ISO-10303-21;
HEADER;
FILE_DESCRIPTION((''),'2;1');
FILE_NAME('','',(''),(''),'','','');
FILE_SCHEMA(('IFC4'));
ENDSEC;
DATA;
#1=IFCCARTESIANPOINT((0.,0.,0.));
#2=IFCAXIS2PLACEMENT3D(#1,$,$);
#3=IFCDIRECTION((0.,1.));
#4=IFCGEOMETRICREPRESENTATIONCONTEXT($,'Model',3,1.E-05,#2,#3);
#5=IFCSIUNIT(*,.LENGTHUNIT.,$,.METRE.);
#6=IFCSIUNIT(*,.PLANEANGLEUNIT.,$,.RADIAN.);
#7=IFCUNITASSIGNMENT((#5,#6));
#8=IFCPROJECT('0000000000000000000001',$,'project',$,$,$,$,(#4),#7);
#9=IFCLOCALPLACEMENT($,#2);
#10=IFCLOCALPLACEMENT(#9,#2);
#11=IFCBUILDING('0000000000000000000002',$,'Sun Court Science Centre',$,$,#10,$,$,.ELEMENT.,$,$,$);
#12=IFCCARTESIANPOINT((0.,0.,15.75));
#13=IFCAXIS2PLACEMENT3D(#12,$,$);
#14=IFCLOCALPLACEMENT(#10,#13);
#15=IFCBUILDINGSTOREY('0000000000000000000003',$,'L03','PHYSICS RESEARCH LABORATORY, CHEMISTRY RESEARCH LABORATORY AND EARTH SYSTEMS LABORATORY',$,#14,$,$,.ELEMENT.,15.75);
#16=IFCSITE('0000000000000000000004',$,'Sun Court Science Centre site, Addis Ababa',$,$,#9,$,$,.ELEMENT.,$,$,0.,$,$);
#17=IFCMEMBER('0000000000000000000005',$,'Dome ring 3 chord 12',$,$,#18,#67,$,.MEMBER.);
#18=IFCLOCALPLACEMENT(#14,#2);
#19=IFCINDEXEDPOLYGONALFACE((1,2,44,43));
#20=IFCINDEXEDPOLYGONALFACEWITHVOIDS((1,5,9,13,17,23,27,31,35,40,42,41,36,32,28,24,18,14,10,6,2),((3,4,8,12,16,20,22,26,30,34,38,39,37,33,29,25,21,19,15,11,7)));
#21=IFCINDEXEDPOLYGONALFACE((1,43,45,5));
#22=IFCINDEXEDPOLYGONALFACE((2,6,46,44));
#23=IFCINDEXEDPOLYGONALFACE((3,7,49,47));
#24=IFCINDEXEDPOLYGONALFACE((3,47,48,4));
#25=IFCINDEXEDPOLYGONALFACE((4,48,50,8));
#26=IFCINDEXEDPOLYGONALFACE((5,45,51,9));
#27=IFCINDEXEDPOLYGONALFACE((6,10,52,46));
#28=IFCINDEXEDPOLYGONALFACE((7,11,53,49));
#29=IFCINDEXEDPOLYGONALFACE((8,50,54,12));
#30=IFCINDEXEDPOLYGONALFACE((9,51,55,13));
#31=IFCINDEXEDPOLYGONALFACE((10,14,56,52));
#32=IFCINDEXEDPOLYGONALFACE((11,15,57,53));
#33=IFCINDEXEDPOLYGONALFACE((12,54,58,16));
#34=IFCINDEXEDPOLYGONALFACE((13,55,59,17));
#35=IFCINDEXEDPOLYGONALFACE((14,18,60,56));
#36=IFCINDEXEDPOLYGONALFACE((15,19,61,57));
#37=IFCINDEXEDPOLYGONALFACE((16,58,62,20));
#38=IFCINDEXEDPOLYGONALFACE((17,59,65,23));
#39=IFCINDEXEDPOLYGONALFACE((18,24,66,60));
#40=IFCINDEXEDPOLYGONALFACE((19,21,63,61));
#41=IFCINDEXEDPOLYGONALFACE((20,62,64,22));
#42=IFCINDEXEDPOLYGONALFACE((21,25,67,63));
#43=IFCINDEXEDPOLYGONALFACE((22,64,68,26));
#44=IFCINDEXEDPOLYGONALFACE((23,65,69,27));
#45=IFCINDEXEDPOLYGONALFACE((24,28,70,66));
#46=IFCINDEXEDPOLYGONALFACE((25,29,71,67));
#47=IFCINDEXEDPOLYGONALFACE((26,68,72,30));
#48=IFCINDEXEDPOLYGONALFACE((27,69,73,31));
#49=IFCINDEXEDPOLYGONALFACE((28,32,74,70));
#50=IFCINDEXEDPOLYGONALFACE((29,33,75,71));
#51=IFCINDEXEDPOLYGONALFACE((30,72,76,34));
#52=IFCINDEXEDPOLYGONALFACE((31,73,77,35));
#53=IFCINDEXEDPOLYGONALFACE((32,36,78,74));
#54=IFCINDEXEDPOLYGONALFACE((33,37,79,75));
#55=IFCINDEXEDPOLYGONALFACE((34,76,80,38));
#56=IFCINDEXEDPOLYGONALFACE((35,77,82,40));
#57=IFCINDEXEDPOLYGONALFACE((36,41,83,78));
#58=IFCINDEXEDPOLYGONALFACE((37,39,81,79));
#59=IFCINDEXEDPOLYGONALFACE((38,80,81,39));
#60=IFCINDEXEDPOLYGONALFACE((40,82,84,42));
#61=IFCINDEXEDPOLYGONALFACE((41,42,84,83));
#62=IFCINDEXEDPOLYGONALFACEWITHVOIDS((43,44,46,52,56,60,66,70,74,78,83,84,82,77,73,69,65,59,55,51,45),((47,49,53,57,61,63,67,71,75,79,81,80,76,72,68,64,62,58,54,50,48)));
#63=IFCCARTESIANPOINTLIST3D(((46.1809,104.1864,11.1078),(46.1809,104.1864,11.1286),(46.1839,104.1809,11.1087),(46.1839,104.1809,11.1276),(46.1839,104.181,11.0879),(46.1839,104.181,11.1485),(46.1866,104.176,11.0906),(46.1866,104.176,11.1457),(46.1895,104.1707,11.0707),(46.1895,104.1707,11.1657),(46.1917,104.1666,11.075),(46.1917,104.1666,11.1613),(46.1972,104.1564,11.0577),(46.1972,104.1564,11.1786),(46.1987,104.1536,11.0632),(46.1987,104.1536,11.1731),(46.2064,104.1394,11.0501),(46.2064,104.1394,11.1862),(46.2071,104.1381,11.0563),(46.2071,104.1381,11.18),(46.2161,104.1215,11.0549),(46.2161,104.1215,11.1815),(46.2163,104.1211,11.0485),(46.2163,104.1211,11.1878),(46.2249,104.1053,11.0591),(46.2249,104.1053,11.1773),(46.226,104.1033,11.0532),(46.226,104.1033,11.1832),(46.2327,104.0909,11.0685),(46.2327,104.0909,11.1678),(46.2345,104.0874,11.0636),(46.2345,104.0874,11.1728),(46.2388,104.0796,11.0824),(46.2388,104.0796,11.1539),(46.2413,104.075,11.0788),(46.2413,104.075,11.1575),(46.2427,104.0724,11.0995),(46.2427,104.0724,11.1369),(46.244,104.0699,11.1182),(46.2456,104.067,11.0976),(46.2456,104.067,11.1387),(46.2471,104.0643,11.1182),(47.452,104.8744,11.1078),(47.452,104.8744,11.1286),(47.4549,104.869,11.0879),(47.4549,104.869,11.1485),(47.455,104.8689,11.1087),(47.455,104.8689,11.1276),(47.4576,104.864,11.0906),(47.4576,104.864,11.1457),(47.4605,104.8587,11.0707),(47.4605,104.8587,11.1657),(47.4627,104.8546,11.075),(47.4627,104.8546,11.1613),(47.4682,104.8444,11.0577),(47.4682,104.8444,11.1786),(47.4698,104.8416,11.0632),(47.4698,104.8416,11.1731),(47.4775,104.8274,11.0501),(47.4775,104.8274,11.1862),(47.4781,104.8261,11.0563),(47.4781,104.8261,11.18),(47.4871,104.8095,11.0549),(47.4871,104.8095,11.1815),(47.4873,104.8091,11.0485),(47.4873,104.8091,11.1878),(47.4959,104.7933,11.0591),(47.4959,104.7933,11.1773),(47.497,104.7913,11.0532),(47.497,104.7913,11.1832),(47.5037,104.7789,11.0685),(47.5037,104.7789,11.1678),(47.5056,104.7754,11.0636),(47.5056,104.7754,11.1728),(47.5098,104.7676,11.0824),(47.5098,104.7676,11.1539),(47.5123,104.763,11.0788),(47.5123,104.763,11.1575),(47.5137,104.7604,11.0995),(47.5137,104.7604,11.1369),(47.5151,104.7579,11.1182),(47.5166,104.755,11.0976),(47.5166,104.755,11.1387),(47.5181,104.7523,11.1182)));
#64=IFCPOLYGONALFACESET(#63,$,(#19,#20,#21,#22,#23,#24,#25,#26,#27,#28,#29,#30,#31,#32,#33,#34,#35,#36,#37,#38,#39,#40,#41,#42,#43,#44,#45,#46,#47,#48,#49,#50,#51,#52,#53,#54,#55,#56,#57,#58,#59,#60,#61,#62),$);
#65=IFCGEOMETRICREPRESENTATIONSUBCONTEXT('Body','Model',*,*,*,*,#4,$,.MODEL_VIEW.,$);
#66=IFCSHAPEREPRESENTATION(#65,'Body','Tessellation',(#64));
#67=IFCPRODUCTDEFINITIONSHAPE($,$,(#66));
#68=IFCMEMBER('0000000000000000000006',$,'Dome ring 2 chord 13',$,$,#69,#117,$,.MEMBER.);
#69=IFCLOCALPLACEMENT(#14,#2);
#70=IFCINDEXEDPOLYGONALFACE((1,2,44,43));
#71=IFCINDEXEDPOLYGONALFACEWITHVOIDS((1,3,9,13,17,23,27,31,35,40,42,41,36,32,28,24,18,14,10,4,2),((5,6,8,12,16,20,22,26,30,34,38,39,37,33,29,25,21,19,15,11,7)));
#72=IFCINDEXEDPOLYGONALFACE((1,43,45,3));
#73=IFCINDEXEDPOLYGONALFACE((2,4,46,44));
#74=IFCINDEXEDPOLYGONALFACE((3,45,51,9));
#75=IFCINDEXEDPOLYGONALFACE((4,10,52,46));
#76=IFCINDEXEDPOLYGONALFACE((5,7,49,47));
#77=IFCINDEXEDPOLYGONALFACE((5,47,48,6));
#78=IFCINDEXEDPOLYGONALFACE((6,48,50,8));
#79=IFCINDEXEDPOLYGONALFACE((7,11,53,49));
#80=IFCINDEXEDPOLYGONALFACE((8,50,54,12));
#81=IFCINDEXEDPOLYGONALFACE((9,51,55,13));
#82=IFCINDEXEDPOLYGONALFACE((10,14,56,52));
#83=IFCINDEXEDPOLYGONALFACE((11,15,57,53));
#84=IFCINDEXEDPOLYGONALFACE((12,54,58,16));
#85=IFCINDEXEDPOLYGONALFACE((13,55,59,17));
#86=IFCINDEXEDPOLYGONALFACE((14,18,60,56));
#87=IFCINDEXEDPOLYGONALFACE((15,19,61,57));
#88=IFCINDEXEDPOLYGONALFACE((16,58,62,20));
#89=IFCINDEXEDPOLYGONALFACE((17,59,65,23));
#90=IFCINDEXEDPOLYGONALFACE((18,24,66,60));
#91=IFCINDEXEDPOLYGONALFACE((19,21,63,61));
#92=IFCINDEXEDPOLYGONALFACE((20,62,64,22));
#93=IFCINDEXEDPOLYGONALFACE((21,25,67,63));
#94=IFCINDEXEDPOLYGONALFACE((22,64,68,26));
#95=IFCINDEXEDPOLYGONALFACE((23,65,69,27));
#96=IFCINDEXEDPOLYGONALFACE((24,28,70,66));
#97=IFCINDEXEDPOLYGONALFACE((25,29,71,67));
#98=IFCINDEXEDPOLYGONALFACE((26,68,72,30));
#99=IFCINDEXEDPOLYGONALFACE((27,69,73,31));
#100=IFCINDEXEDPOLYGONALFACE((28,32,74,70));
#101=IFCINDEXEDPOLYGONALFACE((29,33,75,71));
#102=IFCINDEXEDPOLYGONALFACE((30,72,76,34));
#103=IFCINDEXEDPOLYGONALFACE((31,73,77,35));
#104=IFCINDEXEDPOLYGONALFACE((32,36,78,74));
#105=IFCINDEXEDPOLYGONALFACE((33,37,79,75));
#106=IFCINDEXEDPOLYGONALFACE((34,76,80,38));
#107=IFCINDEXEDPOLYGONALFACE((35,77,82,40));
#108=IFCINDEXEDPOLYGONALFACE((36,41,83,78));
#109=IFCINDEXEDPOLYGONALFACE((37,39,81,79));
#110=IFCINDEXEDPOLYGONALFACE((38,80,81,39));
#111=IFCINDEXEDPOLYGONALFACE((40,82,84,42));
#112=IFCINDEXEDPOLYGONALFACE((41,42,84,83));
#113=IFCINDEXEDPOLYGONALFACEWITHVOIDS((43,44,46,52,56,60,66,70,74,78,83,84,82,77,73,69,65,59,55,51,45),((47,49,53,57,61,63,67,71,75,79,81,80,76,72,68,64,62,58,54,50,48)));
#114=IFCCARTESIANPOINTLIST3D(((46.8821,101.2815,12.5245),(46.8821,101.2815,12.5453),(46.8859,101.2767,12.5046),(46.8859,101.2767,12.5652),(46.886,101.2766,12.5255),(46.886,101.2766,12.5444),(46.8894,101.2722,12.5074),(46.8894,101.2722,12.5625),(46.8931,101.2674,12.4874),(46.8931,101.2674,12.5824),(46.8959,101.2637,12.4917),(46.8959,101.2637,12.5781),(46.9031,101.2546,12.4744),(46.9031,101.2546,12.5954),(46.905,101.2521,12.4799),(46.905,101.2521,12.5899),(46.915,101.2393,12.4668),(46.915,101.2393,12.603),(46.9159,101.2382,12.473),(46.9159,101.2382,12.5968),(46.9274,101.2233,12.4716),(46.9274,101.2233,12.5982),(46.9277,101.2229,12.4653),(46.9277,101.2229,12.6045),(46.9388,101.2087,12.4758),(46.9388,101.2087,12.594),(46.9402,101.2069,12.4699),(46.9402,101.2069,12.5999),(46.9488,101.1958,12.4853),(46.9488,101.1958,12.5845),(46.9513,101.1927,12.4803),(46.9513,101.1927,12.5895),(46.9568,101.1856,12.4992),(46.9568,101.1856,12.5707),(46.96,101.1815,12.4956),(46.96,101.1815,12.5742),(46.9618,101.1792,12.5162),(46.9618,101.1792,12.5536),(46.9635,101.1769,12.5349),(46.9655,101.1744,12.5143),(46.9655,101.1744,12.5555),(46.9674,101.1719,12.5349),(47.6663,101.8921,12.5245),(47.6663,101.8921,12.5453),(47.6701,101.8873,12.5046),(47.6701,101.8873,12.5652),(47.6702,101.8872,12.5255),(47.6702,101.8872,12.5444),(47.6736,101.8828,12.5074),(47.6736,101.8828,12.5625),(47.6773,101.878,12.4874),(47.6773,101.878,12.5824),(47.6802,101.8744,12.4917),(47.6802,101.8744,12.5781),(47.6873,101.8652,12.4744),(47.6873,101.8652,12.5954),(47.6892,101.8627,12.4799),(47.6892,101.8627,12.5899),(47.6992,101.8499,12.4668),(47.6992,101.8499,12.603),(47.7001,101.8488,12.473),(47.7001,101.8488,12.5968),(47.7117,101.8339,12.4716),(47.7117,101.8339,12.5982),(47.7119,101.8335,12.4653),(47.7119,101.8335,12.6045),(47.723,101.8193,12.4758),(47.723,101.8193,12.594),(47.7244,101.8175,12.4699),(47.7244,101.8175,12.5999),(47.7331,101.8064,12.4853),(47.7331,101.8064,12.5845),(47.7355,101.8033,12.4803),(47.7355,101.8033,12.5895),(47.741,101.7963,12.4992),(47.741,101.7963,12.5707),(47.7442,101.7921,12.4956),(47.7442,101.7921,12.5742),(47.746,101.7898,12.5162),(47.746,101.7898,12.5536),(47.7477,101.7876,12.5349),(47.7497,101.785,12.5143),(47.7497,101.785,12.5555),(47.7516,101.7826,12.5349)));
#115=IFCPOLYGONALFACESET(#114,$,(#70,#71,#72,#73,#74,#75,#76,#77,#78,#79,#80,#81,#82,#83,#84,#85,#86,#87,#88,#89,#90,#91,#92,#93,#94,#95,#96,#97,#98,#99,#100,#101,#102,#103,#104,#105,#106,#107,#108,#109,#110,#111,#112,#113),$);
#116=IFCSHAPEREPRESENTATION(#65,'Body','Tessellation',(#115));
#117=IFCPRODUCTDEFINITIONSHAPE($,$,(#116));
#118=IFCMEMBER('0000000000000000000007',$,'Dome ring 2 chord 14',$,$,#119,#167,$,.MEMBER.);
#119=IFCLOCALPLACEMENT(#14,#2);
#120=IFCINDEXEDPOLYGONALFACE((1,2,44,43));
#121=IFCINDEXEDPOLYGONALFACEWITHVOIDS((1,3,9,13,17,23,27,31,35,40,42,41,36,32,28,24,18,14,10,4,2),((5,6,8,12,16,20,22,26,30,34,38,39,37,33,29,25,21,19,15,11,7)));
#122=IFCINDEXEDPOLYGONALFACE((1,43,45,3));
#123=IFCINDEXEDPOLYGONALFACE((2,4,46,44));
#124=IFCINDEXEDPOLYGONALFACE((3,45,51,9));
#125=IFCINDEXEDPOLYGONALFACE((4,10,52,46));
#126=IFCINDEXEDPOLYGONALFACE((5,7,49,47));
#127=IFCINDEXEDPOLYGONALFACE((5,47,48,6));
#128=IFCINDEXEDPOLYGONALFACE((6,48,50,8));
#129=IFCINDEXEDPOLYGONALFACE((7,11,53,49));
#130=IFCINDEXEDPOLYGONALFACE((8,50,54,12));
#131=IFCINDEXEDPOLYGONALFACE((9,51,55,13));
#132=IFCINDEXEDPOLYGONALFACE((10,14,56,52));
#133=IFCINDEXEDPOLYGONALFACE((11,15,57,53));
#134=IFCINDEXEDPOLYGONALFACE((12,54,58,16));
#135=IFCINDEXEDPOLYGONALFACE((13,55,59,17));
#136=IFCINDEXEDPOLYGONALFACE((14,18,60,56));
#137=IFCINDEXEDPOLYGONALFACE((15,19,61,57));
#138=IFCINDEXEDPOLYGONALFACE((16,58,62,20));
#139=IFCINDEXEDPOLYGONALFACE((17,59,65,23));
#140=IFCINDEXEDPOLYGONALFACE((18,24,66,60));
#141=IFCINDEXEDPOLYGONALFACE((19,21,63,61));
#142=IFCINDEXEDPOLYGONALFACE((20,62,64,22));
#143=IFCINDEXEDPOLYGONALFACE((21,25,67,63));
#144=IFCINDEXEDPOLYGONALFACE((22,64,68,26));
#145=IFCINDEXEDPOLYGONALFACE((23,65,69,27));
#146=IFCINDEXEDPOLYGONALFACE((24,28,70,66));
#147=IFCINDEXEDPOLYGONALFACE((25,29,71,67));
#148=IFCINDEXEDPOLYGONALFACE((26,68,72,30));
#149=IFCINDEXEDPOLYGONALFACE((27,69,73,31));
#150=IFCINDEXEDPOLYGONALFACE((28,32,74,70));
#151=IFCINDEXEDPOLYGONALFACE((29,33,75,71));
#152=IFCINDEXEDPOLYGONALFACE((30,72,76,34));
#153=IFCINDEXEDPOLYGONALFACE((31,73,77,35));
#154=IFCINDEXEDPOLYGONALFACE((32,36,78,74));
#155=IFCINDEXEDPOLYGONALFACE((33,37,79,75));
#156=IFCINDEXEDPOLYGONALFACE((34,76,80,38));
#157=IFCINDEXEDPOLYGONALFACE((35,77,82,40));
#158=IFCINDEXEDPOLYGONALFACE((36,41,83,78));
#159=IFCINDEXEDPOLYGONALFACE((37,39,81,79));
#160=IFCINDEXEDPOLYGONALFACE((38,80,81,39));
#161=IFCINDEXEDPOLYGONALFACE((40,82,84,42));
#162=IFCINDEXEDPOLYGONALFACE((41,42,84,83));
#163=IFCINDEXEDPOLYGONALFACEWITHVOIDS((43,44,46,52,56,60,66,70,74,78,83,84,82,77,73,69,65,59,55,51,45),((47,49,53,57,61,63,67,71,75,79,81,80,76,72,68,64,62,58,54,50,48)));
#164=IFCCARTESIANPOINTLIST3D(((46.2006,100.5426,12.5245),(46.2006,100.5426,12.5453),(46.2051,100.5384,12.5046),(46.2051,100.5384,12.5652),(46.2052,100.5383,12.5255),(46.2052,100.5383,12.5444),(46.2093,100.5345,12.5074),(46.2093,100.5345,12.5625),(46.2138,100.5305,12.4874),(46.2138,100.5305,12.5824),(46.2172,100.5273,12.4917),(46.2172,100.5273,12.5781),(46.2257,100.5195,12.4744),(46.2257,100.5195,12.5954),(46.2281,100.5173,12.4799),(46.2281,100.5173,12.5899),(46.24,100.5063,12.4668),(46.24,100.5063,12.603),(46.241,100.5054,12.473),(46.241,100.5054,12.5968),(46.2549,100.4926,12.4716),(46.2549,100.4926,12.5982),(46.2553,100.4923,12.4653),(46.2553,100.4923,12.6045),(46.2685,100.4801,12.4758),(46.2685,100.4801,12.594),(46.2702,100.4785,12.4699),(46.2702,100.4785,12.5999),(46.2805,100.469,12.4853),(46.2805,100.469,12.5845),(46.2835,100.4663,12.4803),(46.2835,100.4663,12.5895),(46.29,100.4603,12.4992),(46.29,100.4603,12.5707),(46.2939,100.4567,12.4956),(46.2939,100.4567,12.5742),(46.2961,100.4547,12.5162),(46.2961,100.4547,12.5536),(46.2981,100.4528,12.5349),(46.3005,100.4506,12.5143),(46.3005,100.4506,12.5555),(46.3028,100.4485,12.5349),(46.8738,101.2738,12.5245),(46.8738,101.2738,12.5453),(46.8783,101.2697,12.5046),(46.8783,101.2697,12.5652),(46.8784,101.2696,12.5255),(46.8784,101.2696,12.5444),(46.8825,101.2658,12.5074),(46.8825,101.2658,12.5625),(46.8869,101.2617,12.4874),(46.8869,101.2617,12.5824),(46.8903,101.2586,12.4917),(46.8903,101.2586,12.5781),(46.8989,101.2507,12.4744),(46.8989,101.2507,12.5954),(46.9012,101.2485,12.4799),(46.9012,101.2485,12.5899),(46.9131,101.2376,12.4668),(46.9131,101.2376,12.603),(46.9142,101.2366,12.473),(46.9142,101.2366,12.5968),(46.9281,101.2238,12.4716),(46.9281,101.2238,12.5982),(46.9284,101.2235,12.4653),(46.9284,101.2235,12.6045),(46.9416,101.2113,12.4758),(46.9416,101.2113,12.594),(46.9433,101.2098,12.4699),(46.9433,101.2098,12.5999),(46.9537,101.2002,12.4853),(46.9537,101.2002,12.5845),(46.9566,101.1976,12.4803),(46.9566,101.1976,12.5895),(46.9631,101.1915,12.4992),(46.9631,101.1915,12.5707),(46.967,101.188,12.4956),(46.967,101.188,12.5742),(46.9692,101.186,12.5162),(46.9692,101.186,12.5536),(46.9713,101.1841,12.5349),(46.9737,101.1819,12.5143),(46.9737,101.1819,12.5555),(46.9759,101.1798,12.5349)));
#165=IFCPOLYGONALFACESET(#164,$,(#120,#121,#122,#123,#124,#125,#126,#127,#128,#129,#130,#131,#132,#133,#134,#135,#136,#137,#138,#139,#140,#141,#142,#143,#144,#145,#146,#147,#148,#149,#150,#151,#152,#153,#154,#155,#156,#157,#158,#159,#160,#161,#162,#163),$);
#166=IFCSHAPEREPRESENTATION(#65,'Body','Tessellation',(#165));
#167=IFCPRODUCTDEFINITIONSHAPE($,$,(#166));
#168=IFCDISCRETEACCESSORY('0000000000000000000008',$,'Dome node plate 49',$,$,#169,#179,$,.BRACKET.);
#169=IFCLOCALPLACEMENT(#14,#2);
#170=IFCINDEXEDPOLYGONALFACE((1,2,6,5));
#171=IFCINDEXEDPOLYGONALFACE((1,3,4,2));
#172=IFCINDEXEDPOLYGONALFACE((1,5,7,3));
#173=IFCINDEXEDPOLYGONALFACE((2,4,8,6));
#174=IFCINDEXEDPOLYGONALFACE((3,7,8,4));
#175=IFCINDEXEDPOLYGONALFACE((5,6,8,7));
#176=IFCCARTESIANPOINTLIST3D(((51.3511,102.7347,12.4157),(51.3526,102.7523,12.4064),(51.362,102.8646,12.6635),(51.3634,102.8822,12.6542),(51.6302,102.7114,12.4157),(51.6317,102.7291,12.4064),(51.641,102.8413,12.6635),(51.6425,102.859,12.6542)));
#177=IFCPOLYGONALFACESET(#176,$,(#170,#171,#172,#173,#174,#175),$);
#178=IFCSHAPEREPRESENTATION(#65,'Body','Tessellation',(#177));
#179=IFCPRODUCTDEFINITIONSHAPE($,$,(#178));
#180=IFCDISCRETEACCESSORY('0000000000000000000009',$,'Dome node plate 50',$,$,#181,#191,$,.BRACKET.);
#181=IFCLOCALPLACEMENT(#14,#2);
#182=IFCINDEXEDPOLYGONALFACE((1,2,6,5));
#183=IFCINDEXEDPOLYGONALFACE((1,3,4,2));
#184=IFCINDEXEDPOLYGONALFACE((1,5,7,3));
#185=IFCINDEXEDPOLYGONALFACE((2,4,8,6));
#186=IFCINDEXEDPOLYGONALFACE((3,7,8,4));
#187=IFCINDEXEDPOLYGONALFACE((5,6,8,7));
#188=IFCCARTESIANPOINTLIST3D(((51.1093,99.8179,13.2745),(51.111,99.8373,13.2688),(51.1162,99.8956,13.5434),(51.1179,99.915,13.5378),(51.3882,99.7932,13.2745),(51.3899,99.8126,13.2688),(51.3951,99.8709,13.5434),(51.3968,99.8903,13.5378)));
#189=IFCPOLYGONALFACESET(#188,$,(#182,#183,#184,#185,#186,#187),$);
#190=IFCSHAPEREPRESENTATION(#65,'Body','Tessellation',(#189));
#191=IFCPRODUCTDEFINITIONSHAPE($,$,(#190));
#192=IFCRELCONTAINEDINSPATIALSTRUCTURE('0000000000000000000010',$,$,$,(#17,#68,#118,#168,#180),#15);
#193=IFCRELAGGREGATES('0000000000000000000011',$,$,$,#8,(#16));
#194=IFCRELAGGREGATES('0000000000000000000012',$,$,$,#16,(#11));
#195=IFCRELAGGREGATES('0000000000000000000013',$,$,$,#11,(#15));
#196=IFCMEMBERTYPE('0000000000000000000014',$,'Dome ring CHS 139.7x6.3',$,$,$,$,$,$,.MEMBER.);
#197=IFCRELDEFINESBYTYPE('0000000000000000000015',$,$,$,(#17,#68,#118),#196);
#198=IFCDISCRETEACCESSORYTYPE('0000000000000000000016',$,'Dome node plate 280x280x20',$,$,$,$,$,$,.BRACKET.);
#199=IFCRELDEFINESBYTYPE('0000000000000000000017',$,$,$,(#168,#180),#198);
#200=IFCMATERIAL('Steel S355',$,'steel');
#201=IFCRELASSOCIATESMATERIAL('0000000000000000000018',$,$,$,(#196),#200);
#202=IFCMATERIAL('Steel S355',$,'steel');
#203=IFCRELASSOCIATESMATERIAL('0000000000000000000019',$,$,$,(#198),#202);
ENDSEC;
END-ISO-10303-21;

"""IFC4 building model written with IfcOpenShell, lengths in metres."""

from ifc_helpers import new_model, si_unit, direction, frame, origin, origin_2d, place, context, subcontext, project, spatial, rectangle, hollow_circle, extrude, material, material_profile, profile_set, type_object, element, save


model = new_model("IFC4")

# Units and contexts
model_context = context("Model", 3, precision=1e-05, world=origin(), true_north=direction((0.0, 1.0)))
body_context = subcontext(model_context, "Body", "Model", "MODEL_VIEW")
ifc_project = project(units=[si_unit("LENGTHUNIT", "METRE"), si_unit("PLANEANGLEUNIT", "RADIAN")], contexts=[model_context])

# Site, building, storey
site_placement = place(None, origin())
site = spatial("IfcSite", under=ifc_project, at=site_placement, Name="Sun Court Science Centre site, Addis Ababa", CompositionType="ELEMENT", RefElevation=0.0)
building_placement = place(site_placement, origin())
building = spatial("IfcBuilding", under=site, at=building_placement, Name="Sun Court Science Centre", CompositionType="ELEMENT")
storey_placement = place(building_placement, frame((0.0, 0.0, 15.75)))
storey = spatial("IfcBuildingStorey", under=building, at=storey_placement, Name="L03", Description="PHYSICS RESEARCH LABORATORY, CHEMISTRY RESEARCH LABORATORY AND EARTH SYSTEMS LABORATORY", CompositionType="ELEMENT", Elevation=15.75)

# Members
ifc_material_1 = material(Name="Steel S355", Category="steel")
ifc_material_profile_1 = material_profile(ifc_material_1, hollow_circle(Radius=0.0698, WallThickness=0.0063, at=origin_2d()), Name="CHS 139.7x6.3")
ifc_profile_set_1 = profile_set([ifc_material_profile_1], Name="Steel S355")
member_type_1 = type_object("IfcMemberType", Name="Dome ring CHS 139.7x6.3", PredefinedType="MEMBER", material=ifc_profile_set_1)
member_1_placement = place(storey_placement, frame((47.4849, 104.8137, 11.1182), z_axis=(-0.879428, -0.476033, 0.0), x_axis=(0.476033, -0.879428, 0.0)))
element("IfcMember", 1, at=member_1_placement, inside=storey, type_object=member_type_1, Name="Dome ring 3 chord 12", PredefinedType="MEMBER", context=body_context, shape_type="SweptSolid", body=[
    extrude(hollow_circle(Radius=0.0698, WallThickness=0.0063, at=origin_2d()), origin(), (0.0, 0.0, 1.0), 1.4453),
])
for number, where, z_axis, x_axis, name in (
    (2, (47.7087, 101.8376, 12.5349), (-0.789021, -0.614366, 0.0), (0.614366, -0.789021, 0.0), "Dome ring 2 chord 13"),
    (3, (46.9246, 101.2271, 12.5349), (-0.677269, -0.735735, 0.0), (0.735735, -0.677269, 0.0), "Dome ring 2 chord 14"),
):
    element("IfcMember", number, at=place(storey_placement, frame(where, z_axis=z_axis, x_axis=x_axis)), inside=storey, type_object=member_type_1, Name=name, PredefinedType="MEMBER", context=body_context, shape_type="SweptSolid", body=[
        extrude(hollow_circle(Radius=0.0698, WallThickness=0.0063, at=origin_2d()), origin(), (0.0, 0.0, 1.0), 0.9939),
    ])

# Discrete accessories
ifc_material_2 = material(Name="Steel S355", Category="steel")
ifc_material_profile_2 = material_profile(ifc_material_2, rectangle(XDim=0.28, YDim=0.28, at=origin_2d()), Name="PL 280x280")
ifc_profile_set_2 = profile_set([ifc_material_profile_2], Name="Steel S355")
discrete_accessory_type = type_object("IfcDiscreteAccessoryType", Name="Dome node plate 280x280x20", PredefinedType="BRACKET", material=ifc_profile_set_2)
discrete_accessory_1_placement = place(storey_placement, frame((51.4976, 102.8057, 12.5303), z_axis=(-0.073499, -0.881993, 0.465496), x_axis=(0.996546, -0.083045, 0.0)))
element("IfcDiscreteAccessory", 4, at=discrete_accessory_1_placement, inside=storey, type_object=discrete_accessory_type, Name="Dome node plate 49", PredefinedType="BRACKET", context=body_context, shape_type="SweptSolid", body=[
    extrude(rectangle(XDim=0.28, YDim=0.28, at=origin_2d()), origin(), (0.0, 0.0, 1.0), 0.02),
])
discrete_accessory_2_placement = place(storey_placement, frame((51.2539, 99.8638, 13.4033), z_axis=(-0.084769, -0.95668, 0.278527), x_axis=(0.996097, -0.088262, 0.0)))
element("IfcDiscreteAccessory", 5, at=discrete_accessory_2_placement, inside=storey, type_object=discrete_accessory_type, Name="Dome node plate 50", PredefinedType="BRACKET", context=body_context, shape_type="SweptSolid", body=[
    extrude(rectangle(XDim=0.28, YDim=0.28, at=origin_2d()), origin(), (0.0, 0.0, 1.0), 0.0203),
])

save(model, "model.ifc")
